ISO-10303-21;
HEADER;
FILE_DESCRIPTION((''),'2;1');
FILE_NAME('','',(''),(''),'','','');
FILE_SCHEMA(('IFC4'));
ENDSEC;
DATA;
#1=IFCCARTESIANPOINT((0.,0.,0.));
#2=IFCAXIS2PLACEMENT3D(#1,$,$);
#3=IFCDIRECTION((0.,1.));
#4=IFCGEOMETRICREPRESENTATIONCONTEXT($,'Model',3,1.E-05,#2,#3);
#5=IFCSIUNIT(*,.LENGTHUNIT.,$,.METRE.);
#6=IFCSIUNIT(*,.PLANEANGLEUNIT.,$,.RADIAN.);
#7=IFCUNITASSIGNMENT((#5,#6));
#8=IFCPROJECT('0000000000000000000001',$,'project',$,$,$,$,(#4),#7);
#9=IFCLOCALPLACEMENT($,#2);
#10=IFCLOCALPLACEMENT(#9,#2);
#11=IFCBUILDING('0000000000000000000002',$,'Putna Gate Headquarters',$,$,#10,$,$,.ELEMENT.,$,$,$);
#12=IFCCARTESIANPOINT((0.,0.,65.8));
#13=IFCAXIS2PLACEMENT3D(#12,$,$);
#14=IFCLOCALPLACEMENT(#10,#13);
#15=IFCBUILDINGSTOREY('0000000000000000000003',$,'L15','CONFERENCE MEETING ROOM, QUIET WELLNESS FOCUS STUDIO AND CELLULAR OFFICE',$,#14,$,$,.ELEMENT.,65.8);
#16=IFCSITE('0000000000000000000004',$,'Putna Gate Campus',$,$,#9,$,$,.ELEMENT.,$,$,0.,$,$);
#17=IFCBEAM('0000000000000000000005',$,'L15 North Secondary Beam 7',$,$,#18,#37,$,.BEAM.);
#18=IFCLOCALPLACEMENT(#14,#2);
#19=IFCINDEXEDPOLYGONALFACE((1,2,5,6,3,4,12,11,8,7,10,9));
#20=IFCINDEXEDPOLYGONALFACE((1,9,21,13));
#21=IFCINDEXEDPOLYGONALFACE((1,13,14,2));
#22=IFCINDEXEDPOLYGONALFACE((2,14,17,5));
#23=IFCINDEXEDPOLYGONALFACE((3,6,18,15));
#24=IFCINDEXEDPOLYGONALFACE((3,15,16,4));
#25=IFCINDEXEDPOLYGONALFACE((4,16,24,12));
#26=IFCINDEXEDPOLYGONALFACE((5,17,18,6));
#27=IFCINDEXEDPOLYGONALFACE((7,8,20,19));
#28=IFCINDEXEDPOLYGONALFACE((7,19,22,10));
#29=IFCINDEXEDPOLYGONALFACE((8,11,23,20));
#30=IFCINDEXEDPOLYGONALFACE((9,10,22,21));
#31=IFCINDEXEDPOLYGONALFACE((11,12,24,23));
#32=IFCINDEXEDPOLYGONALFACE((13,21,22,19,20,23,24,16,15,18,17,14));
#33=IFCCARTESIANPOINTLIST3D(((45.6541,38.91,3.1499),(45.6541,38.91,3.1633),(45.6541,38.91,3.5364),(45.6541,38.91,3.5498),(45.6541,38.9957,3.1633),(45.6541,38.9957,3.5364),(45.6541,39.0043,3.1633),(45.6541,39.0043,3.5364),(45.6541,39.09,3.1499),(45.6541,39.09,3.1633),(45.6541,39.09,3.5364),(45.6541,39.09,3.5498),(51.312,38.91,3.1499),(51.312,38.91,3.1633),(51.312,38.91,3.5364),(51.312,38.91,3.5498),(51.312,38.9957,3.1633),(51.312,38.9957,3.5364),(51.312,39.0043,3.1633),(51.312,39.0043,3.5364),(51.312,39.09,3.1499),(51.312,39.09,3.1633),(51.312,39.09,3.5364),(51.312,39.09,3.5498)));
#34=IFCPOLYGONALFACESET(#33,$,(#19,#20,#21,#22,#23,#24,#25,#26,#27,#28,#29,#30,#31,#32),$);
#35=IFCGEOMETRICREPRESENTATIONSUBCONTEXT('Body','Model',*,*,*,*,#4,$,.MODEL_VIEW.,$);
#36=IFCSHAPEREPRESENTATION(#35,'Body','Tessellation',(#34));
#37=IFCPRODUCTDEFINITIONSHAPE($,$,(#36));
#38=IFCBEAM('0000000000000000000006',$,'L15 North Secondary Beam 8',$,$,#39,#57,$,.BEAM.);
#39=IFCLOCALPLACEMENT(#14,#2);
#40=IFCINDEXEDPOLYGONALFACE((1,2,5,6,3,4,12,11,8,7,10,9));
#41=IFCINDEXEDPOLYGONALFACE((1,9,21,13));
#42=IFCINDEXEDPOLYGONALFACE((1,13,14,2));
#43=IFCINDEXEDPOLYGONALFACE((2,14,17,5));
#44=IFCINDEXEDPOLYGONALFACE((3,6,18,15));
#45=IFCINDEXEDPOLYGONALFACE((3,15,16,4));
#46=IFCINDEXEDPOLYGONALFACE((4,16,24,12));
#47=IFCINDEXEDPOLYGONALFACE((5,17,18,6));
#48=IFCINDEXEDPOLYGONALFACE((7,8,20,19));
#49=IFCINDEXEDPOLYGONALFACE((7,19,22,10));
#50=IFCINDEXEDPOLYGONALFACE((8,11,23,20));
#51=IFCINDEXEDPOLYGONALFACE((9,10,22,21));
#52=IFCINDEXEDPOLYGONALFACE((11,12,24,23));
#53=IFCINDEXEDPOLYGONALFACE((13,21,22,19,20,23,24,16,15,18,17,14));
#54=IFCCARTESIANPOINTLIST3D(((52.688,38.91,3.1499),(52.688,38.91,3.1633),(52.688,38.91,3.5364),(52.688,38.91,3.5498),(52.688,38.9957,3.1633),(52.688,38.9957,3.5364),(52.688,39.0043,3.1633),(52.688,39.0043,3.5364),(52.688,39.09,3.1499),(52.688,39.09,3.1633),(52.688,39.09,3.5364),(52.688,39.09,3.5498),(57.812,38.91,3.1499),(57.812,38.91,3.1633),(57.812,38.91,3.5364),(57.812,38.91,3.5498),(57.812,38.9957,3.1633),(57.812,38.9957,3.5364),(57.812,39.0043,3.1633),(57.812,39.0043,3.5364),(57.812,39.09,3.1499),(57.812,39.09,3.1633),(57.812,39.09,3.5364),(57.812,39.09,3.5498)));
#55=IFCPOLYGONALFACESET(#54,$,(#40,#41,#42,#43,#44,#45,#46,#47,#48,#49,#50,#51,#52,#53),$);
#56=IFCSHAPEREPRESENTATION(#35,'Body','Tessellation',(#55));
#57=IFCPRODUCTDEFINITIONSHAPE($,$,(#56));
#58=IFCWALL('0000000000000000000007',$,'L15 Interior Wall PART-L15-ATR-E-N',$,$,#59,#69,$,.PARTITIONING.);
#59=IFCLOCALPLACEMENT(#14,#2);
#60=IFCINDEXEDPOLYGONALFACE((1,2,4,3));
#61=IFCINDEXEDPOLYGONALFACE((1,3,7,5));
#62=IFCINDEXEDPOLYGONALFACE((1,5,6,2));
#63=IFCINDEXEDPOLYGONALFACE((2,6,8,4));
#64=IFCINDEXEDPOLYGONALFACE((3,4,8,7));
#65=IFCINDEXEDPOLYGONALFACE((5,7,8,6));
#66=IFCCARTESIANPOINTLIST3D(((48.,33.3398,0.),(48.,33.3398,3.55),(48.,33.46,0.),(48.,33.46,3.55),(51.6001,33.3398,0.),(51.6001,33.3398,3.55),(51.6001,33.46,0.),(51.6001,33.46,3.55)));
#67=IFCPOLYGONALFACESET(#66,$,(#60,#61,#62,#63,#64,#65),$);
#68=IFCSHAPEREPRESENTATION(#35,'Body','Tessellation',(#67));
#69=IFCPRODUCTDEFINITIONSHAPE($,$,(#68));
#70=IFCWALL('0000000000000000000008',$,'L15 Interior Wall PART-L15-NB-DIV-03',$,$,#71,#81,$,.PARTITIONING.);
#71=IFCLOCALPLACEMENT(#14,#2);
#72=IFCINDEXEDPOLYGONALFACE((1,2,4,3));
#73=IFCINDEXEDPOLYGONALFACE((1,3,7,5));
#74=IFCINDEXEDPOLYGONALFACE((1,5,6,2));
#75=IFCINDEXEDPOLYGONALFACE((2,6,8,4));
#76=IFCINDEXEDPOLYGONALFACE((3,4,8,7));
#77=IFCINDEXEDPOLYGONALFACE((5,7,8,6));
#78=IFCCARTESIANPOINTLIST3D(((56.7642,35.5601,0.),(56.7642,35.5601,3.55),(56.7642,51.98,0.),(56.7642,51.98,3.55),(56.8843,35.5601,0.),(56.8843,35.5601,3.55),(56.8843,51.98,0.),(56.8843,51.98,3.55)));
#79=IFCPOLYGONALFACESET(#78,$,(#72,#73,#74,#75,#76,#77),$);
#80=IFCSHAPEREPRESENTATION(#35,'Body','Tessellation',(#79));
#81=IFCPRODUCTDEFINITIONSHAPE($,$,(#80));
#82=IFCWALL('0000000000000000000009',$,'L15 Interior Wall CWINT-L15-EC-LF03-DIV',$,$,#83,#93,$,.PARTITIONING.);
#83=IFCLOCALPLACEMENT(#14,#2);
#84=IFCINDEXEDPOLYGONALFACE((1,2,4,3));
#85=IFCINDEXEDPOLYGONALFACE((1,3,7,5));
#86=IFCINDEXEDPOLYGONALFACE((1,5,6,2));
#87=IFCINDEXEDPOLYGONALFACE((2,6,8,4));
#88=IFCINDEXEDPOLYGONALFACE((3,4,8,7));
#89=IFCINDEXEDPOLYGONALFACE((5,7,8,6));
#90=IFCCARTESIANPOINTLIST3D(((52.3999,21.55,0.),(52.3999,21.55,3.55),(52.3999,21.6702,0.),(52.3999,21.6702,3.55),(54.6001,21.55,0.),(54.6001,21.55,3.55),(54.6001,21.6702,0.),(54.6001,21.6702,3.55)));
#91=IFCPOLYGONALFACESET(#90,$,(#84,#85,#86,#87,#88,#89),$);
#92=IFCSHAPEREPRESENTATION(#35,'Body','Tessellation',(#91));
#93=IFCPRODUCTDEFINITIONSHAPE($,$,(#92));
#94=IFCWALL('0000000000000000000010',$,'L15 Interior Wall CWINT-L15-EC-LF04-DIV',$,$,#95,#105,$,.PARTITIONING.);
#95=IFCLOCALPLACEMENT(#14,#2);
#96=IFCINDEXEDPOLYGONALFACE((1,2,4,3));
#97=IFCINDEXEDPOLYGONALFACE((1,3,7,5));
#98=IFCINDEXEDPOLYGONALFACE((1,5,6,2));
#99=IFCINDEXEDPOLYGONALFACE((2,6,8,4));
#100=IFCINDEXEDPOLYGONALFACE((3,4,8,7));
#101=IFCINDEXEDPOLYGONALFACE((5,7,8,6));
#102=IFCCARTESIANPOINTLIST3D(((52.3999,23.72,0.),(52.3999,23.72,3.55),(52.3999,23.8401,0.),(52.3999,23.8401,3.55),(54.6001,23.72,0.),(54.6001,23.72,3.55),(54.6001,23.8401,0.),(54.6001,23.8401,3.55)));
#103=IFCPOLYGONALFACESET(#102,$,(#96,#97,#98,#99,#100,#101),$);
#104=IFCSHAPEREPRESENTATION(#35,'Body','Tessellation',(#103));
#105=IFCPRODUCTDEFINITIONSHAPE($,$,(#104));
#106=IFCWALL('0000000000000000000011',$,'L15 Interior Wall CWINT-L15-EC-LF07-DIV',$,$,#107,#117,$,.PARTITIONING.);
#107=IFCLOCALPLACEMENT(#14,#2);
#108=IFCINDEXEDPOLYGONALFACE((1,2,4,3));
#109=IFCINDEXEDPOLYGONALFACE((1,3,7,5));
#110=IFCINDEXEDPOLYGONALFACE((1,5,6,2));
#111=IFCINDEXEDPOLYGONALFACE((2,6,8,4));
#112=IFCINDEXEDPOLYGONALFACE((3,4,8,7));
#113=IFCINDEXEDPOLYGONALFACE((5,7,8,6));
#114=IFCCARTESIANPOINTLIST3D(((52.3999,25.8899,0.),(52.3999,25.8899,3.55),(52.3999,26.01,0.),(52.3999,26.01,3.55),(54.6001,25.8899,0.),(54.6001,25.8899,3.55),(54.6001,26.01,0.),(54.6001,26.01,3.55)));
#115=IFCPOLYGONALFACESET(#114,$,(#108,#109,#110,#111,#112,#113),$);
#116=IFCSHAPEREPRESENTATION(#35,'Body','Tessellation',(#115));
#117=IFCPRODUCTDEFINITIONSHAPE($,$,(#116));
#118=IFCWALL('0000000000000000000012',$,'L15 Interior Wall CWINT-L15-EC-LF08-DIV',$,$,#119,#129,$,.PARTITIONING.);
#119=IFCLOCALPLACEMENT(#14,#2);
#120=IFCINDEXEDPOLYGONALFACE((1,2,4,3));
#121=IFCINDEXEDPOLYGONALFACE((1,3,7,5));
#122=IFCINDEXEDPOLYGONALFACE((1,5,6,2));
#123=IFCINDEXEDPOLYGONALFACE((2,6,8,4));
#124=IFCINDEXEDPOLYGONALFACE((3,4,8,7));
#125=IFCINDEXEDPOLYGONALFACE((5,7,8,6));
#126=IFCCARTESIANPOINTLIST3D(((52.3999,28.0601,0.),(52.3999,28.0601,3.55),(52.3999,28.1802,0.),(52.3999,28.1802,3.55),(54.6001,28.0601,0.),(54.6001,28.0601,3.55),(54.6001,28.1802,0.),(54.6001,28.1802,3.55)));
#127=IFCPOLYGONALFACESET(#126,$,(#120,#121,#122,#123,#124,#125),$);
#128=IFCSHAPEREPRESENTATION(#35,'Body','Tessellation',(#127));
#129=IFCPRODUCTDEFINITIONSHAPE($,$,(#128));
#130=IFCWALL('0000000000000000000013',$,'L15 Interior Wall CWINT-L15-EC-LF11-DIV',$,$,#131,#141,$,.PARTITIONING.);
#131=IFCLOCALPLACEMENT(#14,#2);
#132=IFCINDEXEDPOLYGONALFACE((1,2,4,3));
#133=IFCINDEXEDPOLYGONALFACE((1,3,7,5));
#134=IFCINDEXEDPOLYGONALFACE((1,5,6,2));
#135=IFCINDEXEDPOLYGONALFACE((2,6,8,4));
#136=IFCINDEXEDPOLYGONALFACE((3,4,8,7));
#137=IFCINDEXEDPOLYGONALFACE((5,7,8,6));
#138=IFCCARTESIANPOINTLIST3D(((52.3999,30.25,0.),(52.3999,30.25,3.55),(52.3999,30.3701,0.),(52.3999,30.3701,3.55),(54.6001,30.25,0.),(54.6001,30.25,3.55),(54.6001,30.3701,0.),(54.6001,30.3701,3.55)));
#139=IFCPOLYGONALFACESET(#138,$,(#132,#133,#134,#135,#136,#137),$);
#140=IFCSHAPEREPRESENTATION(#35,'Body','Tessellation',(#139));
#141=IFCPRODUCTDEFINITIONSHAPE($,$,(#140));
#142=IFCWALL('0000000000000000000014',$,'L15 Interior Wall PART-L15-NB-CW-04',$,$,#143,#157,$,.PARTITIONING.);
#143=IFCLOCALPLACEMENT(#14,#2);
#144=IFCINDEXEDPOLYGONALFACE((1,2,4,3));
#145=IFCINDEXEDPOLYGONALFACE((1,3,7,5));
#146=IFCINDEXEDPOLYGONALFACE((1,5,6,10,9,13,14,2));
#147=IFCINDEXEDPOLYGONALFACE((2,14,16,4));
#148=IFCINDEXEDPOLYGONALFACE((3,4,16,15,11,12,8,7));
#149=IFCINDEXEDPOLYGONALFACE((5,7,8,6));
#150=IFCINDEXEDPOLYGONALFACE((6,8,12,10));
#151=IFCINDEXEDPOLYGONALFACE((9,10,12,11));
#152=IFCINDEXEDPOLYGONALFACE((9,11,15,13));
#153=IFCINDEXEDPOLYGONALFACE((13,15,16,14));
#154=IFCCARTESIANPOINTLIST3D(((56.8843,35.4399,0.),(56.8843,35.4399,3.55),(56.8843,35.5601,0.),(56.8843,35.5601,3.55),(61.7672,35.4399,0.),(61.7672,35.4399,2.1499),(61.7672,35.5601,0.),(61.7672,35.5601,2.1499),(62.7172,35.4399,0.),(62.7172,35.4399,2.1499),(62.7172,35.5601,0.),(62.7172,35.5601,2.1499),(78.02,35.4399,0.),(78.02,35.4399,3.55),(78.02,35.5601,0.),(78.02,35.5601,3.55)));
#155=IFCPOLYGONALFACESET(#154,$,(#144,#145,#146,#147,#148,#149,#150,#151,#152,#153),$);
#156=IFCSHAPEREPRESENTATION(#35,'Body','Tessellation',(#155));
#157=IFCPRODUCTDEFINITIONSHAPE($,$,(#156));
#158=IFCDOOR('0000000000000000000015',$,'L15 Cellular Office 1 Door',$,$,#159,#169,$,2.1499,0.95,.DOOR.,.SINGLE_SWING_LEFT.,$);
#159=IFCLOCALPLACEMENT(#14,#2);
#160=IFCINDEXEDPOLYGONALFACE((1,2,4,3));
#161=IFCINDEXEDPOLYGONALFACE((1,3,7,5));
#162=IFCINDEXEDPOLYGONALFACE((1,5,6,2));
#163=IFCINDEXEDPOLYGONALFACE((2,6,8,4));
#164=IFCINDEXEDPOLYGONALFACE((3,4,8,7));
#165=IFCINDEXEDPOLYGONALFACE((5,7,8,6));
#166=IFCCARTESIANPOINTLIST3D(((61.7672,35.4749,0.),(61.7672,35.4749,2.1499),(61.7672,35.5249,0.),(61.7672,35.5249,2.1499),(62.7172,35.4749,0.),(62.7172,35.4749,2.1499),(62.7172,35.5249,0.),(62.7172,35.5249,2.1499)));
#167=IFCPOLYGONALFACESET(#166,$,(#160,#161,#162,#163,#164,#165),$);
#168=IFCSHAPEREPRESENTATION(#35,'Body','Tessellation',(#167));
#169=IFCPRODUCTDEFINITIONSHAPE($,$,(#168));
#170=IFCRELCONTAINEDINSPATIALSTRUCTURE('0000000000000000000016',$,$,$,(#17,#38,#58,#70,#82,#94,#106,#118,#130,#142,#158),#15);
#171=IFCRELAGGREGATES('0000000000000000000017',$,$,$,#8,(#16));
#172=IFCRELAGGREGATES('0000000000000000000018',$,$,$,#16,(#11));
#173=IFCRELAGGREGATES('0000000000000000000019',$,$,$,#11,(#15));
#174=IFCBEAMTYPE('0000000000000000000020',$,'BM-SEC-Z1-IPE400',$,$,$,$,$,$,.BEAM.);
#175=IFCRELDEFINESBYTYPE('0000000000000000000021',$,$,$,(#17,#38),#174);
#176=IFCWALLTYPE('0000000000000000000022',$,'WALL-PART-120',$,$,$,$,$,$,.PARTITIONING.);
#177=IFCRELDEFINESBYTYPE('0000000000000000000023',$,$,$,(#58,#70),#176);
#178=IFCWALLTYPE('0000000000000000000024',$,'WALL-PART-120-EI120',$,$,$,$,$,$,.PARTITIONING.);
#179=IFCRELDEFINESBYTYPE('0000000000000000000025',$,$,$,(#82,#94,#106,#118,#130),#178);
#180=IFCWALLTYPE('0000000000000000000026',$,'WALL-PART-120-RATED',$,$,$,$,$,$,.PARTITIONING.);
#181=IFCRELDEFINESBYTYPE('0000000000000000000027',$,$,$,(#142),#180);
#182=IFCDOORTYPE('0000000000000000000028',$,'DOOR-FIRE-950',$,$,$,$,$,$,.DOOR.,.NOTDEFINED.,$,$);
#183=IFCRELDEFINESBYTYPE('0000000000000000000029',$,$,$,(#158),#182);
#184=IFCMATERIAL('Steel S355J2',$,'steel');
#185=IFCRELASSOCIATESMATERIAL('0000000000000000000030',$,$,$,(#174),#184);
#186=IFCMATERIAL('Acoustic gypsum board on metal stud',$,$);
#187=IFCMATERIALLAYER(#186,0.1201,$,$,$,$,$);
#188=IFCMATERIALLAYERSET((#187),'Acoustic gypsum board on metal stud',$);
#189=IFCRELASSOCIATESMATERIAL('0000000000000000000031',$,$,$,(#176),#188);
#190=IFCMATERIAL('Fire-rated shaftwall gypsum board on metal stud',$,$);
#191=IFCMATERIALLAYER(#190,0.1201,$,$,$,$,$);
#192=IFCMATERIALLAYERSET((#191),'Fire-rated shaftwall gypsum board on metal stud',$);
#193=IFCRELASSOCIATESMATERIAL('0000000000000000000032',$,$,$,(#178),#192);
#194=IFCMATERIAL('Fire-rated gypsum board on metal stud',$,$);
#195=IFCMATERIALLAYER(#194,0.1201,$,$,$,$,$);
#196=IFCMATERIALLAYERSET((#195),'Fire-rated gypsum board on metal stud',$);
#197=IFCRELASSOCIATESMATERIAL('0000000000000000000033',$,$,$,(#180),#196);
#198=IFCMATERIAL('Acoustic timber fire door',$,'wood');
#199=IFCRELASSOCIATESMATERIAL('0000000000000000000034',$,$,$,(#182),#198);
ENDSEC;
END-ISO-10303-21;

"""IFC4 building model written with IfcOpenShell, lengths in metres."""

from ifc_helpers import new_model, si_unit, direction, frame, frame_2d, origin, origin_2d, place, context, subcontext, project, spatial, rectangle, i_section, extrude, material, layer, layer_set, material_profile, profile_set, type_object, element, fill, save


model = new_model("IFC4")

# Units and contexts
model_context = context("Model", 3, precision=1e-05, world=origin(), true_north=direction((0.0, 1.0)))
body_context = subcontext(model_context, "Body", "Model", "MODEL_VIEW")
ifc_project = project(units=[si_unit("LENGTHUNIT", "METRE"), si_unit("PLANEANGLEUNIT", "RADIAN")], contexts=[model_context])

# Site, building, storey
site_placement = place(None, origin())
site = spatial("IfcSite", under=ifc_project, at=site_placement, Name="Putna Gate Campus", CompositionType="ELEMENT", RefElevation=0.0)
building_placement = place(site_placement, origin())
building = spatial("IfcBuilding", under=site, at=building_placement, Name="Putna Gate Headquarters", CompositionType="ELEMENT")
storey_placement = place(building_placement, frame((0.0, 0.0, 65.8)))
storey = spatial("IfcBuildingStorey", under=building, at=storey_placement, Name="L15", Description="CONFERENCE MEETING ROOM, QUIET WELLNESS FOCUS STUDIO AND CELLULAR OFFICE", CompositionType="ELEMENT", Elevation=65.8)

# Beams
ifc_material_1 = material(Name="Steel S355J2", Category="steel")
ifc_material_profile_1 = material_profile(ifc_material_1, i_section(OverallWidth=0.1799, OverallDepth=0.3999, WebThickness=0.0085, FlangeThickness=0.0134, at=origin_2d()), Name="Steel S355J2")
ifc_profile_set_1 = profile_set([ifc_material_profile_1], Name="Steel S355J2")
beam_type_1 = type_object("IfcBeamType", Name="BM-SEC-Z1-IPE400", PredefinedType="BEAM", material=ifc_profile_set_1)
beam_1_placement = place(storey_placement, frame((45.6541, 39.0, 3.3499), z_axis=(1.0, 0.0, 0.0), x_axis=(0.0, 1.0, 0.0)))
element("IfcBeam", 1, at=beam_1_placement, inside=storey, type_object=beam_type_1, Name="L15 North Secondary Beam 7", PredefinedType="BEAM", context=body_context, shape_type="SweptSolid", body=[
    extrude(i_section(OverallWidth=0.1799, OverallDepth=0.3999, WebThickness=0.0085, FlangeThickness=0.0134, at=origin_2d()), origin(), (0.0, 0.0, 1.0), 5.658),
])
beam_2_placement = place(storey_placement, frame((52.688, 39.0, 3.3499), z_axis=(1.0, 0.0, 0.0), x_axis=(0.0, 1.0, 0.0)))
element("IfcBeam", 2, at=beam_2_placement, inside=storey, type_object=beam_type_1, Name="L15 North Secondary Beam 8", PredefinedType="BEAM", context=body_context, shape_type="SweptSolid", body=[
    extrude(i_section(OverallWidth=0.1799, OverallDepth=0.3999, WebThickness=0.0085, FlangeThickness=0.0134, at=origin_2d()), origin(), (0.0, 0.0, 1.0), 5.124),
])

# Walls
ifc_material_2 = material(Name="Acoustic gypsum board on metal stud")
ifc_layer_1 = layer(ifc_material_2, 0.1201)
ifc_layer_set_1 = layer_set([ifc_layer_1], Name="Acoustic gypsum board on metal stud")
wall_type_1 = type_object("IfcWallType", Name="WALL-PART-120", PredefinedType="PARTITIONING", material=ifc_layer_set_1)
wall_1_placement = place(storey_placement, frame((48.0, 33.3999, 0.0), z_axis=(0.0, 0.0, 1.0), x_axis=(1.0, 0.0, 0.0)))
element("IfcWall", 3, at=wall_1_placement, inside=storey, type_object=wall_type_1, Name="L15 Interior Wall PART-L15-ATR-E-N", PredefinedType="PARTITIONING", context=body_context, shape_type="SweptSolid", body=[
    extrude(rectangle(XDim=3.6001, YDim=0.1201, at=frame_2d((1.8, 0.0))), origin(), (0.0, 0.0, 1.0), 3.55),
])
wall_2_placement = place(storey_placement, frame((56.8242, 35.5601, 0.0), z_axis=(0.0, 0.0, 1.0), x_axis=(0.0, 1.0, 0.0)))
element("IfcWall", 4, at=wall_2_placement, inside=storey, type_object=wall_type_1, Name="L15 Interior Wall PART-L15-NB-DIV-03", PredefinedType="PARTITIONING", context=body_context, shape_type="SweptSolid", body=[
    extrude(rectangle(XDim=16.4199, YDim=0.1201, at=frame_2d((8.21, 0.0))), origin(), (0.0, 0.0, 1.0), 3.55),
])
ifc_material_3 = material(Name="Fire-rated shaftwall gypsum board on metal stud")
ifc_layer_2 = layer(ifc_material_3, 0.1201)
ifc_layer_set_2 = layer_set([ifc_layer_2], Name="Fire-rated shaftwall gypsum board on metal stud")
wall_type_2 = type_object("IfcWallType", Name="WALL-PART-120-EI120", PredefinedType="PARTITIONING", material=ifc_layer_set_2)
for number, where, z_axis, x_axis, name in (
    (5, (52.3999, 21.6101, 0.0), (0.0, 0.0, 1.0), (1.0, 0.0, 0.0), "L15 Interior Wall CWINT-L15-EC-LF03-DIV"),
    (6, (52.3999, 23.78, 0.0), (0.0, 0.0, 1.0), (1.0, 0.0, 0.0), "L15 Interior Wall CWINT-L15-EC-LF04-DIV"),
    (7, (52.3999, 25.95, 0.0), (0.0, 0.0, 1.0), (1.0, 0.0, 0.0), "L15 Interior Wall CWINT-L15-EC-LF07-DIV"),
    (8, (52.3999, 28.1201, 0.0), (0.0, 0.0, 1.0), (1.0, 0.0, 0.0), "L15 Interior Wall CWINT-L15-EC-LF08-DIV"),
    (9, (52.3999, 30.3101, 0.0), (0.0, 0.0, 1.0), (1.0, 0.0, 0.0), "L15 Interior Wall CWINT-L15-EC-LF11-DIV"),
):
    element("IfcWall", number, at=place(storey_placement, frame(where, z_axis=z_axis, x_axis=x_axis)), inside=storey, type_object=wall_type_2, Name=name, PredefinedType="PARTITIONING", context=body_context, shape_type="SweptSolid", body=[
        extrude(rectangle(XDim=2.2002, YDim=0.1201, at=frame_2d((1.1001, 0.0))), origin(), (0.0, 0.0, 1.0), 3.55),
    ])

# Wall, opening, door
ifc_material_4 = material(Name="Fire-rated gypsum board on metal stud")
ifc_layer_3 = layer(ifc_material_4, 0.1201)
ifc_layer_set_3 = layer_set([ifc_layer_3], Name="Fire-rated gypsum board on metal stud")
wall_type_3 = type_object("IfcWallType", Name="WALL-PART-120-RATED", PredefinedType="PARTITIONING", material=ifc_layer_set_3)
wall_3_placement = place(storey_placement, frame((56.8843, 35.5, 0.0), z_axis=(0.0, 0.0, 1.0), x_axis=(1.0, 0.0, 0.0)))
wall_3 = element("IfcWall", 10, at=wall_3_placement, inside=storey, type_object=wall_type_3, Name="L15 Interior Wall PART-L15-NB-CW-04", PredefinedType="PARTITIONING", context=body_context, shape_type="SweptSolid", body=[
    extrude(rectangle(XDim=21.1357, YDim=0.1201, at=frame_2d((10.5679, 0.0))), origin(), (0.0, 0.0, 1.0), 3.55),
])
opening_1_placement = place(wall_3_placement, frame((4.8828, 0.0, 0.0)))
opening_1 = element("IfcOpeningElement", 11, at=opening_1_placement, cuts=wall_3, PredefinedType="OPENING", context=body_context, shape_type="SweptSolid", body=[
    extrude(rectangle(XDim=0.95, YDim=2.1499, at=frame_2d((0.4751, 1.075))), frame((0.0, 0.0701, 0.0), z_axis=(0.0, -1.0, 0.0), x_axis=(1.0, 0.0, 0.0)), (0.0, 0.0, 1.0), 0.1401),
])
ifc_material_5 = material(Name="Acoustic timber fire door", Category="wood")
door_type_1 = type_object("IfcDoorType", Name="DOOR-FIRE-950", OperationType="NOTDEFINED", PredefinedType="DOOR", material=ifc_material_5)
door_1_placement = place(opening_1_placement, origin())
door_1 = element("IfcDoor", 12, at=door_1_placement, inside=storey, type_object=door_type_1, Name="L15 Cellular Office 1 Door", OperationType="SINGLE_SWING_LEFT", OverallHeight=2.1499, OverallWidth=0.95, PredefinedType="DOOR", context=body_context, shape_type="SweptSolid", body=[
    extrude(rectangle(XDim=0.95, YDim=2.1499, at=frame_2d((0.4751, 1.075))), frame((0.0, 0.0249, 0.0), z_axis=(0.0, -1.0, 0.0), x_axis=(1.0, 0.0, 0.0)), (0.0, 0.0, 1.0), 0.05),
])
fill(opening_1, door_1)

save(model, "model.ifc")
